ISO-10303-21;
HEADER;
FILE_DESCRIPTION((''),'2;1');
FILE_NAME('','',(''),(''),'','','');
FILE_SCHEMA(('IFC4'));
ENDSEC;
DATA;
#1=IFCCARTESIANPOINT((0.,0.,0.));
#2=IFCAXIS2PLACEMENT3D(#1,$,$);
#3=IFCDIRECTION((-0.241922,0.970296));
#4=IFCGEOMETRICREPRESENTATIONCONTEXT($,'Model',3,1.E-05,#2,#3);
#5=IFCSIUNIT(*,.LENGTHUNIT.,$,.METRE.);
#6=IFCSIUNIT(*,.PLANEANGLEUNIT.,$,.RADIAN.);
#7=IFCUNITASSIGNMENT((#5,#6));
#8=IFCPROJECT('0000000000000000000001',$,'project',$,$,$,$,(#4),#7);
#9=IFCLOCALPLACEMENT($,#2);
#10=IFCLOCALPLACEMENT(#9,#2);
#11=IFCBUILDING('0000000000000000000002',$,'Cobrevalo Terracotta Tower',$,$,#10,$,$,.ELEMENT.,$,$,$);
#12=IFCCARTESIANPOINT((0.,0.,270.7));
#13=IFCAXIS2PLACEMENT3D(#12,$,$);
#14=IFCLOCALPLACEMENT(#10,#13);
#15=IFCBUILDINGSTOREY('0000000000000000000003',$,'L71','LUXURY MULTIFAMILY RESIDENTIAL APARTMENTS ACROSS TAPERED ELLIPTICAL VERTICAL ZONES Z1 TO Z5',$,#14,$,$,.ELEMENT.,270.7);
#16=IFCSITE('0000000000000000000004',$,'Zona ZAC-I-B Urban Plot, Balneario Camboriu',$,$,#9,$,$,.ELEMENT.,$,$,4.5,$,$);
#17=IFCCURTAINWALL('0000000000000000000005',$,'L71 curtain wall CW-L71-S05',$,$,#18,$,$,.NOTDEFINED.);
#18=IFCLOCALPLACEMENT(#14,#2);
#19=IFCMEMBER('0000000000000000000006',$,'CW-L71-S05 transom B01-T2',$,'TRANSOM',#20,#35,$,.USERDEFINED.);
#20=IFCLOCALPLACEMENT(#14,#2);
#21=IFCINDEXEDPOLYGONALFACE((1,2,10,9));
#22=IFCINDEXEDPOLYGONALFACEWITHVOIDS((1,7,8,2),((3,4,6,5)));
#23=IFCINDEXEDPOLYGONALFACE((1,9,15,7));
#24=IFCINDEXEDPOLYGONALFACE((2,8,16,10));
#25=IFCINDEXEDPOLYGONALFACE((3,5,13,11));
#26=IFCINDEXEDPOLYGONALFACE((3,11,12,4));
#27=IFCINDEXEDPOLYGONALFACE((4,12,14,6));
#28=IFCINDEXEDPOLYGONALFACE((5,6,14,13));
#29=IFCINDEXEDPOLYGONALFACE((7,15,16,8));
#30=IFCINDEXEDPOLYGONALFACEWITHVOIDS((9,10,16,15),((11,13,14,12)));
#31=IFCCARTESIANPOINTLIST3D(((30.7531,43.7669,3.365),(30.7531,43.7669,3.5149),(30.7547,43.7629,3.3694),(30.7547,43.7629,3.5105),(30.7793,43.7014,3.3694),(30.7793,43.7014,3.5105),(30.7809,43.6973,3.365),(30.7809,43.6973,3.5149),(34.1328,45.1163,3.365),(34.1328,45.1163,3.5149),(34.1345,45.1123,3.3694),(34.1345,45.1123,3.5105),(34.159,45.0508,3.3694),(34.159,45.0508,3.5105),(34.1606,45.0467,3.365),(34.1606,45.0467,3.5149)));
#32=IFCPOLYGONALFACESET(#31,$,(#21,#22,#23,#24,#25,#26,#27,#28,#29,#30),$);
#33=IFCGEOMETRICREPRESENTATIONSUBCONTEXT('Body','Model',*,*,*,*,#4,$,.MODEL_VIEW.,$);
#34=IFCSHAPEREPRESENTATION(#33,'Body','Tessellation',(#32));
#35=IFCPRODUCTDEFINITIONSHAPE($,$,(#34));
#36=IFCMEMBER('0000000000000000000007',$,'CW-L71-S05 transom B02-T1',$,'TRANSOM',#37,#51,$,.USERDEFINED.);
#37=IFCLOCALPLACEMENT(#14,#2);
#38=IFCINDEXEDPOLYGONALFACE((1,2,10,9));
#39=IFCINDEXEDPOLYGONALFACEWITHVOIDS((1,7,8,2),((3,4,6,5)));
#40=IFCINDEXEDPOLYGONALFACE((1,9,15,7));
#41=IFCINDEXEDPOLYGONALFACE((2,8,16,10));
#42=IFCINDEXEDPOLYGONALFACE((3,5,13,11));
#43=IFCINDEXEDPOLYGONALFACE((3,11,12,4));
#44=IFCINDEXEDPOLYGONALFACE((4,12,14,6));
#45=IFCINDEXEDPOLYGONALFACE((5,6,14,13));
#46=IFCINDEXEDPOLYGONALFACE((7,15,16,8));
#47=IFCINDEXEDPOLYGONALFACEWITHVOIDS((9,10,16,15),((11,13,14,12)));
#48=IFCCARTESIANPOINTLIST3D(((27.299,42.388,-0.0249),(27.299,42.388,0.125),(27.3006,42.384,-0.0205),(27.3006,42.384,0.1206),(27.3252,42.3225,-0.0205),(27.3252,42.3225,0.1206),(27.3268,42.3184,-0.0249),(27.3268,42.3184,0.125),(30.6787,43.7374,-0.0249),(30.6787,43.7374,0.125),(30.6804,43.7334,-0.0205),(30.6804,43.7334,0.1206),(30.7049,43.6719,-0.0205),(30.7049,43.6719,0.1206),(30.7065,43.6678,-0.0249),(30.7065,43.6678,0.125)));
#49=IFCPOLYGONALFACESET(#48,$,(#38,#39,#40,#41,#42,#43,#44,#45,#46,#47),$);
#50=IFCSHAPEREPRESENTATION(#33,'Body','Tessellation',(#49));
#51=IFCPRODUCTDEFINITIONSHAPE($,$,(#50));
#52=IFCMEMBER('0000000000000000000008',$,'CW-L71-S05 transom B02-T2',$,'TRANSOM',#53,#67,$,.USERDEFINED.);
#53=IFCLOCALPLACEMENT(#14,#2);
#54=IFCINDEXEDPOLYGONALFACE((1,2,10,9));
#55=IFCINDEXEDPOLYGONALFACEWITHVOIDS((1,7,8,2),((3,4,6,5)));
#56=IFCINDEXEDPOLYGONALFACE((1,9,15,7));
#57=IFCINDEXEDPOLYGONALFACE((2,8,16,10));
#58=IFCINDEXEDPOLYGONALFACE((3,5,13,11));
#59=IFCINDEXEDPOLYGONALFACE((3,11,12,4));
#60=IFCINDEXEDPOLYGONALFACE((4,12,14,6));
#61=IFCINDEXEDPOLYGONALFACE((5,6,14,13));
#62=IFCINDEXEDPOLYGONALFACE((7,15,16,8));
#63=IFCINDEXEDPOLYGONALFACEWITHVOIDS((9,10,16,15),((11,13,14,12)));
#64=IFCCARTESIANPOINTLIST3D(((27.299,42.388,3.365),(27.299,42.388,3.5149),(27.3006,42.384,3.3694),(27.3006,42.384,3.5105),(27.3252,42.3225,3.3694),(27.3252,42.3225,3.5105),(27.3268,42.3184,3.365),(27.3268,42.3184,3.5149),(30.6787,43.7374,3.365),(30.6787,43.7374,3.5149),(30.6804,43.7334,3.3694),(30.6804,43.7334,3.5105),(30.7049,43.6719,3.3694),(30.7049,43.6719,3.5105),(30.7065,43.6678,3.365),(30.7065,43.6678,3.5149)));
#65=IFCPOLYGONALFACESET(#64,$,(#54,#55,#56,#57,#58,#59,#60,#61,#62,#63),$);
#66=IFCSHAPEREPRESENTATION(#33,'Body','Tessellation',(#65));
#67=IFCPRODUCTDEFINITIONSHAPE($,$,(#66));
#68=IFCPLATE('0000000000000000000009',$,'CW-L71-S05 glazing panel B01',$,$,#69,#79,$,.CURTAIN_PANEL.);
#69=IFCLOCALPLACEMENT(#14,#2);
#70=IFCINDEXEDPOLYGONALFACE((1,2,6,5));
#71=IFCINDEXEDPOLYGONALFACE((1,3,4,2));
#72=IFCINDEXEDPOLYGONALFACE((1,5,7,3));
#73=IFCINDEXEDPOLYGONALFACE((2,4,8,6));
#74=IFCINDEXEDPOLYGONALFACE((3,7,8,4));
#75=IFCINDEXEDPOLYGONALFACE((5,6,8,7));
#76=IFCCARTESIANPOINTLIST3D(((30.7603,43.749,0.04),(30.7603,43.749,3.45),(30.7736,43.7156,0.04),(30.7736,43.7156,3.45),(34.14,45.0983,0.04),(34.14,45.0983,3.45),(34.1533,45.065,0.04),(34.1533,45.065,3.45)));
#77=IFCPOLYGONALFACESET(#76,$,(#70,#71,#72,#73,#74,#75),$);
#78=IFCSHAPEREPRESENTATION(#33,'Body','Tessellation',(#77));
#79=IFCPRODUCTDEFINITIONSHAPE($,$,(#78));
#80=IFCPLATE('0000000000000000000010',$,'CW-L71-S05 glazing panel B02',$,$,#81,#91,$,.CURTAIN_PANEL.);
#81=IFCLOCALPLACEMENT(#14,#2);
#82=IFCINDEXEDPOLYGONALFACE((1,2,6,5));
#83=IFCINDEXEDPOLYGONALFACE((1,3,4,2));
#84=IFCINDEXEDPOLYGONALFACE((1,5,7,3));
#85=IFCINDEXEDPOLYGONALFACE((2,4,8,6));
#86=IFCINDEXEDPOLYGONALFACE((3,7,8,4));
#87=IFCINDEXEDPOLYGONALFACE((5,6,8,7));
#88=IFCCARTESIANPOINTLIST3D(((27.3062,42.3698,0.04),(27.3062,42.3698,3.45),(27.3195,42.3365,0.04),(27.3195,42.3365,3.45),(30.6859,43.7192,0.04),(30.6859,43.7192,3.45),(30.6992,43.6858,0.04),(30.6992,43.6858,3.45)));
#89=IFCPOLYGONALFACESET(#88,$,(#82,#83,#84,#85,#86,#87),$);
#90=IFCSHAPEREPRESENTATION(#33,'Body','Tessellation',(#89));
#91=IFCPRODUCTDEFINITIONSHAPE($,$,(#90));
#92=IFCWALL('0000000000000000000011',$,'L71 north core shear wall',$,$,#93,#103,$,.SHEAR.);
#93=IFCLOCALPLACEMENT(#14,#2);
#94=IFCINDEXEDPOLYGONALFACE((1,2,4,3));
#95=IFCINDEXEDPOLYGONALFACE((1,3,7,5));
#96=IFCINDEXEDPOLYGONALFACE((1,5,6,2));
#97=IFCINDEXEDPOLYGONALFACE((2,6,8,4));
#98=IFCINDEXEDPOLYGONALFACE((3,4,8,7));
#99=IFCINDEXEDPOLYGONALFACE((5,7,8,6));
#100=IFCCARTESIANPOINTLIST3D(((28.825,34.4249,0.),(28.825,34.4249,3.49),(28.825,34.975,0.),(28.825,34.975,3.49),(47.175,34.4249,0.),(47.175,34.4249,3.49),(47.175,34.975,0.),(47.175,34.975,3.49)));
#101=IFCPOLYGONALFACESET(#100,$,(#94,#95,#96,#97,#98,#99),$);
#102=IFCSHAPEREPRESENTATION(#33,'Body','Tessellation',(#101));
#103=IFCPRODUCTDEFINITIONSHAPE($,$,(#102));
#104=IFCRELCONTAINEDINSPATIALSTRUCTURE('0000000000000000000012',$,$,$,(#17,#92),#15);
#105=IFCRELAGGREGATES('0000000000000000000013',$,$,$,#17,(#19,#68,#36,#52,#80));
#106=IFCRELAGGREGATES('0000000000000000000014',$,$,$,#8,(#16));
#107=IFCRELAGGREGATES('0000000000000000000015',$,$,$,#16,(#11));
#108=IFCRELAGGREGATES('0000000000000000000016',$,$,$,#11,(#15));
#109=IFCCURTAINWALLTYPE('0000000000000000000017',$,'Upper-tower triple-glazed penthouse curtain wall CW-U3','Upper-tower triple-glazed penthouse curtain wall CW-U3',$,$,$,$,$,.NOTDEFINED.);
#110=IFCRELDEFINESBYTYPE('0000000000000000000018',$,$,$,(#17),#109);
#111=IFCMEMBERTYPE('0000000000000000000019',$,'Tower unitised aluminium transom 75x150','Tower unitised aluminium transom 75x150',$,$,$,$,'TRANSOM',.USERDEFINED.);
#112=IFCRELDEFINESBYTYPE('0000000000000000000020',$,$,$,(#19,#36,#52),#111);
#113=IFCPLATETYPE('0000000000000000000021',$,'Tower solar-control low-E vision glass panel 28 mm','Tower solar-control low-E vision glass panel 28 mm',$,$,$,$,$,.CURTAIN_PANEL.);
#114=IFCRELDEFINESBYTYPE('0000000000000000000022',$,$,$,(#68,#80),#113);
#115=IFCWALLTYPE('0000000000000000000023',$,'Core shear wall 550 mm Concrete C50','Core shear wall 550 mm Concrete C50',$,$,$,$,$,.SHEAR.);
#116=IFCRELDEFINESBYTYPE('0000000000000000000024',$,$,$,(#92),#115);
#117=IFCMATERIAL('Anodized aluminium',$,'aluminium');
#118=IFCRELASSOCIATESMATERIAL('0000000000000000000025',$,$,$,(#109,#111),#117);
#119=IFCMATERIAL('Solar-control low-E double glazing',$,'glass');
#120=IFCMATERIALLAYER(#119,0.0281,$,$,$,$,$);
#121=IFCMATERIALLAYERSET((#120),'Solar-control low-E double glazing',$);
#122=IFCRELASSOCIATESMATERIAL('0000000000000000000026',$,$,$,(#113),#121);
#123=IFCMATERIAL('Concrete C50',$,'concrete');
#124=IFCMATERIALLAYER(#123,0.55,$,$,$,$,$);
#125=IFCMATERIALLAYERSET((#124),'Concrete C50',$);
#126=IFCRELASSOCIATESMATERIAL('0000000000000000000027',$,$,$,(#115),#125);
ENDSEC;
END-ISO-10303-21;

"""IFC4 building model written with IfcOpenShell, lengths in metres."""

from ifc_helpers import new_model, si_unit, direction, frame, frame_2d, origin, origin_2d, place, context, subcontext, project, spatial, rectangle, hollow_rectangle, extrude, source, transform, mapped, material, layer, layer_set, material_profile, profile_set, type_object, element, aggregate, save


model = new_model("IFC4")

# Units and contexts
model_context = context("Model", 3, precision=1e-05, world=origin(), true_north=direction((-0.241922, 0.970296)))
body_context = subcontext(model_context, "Body", "Model", "MODEL_VIEW")
ifc_project = project(units=[si_unit("LENGTHUNIT", "METRE"), si_unit("PLANEANGLEUNIT", "RADIAN")], contexts=[model_context])

# Site, building, storey
site_placement = place(None, origin())
site = spatial("IfcSite", under=ifc_project, at=site_placement, Name="Zona ZAC-I-B Urban Plot, Balneario Camboriu", CompositionType="ELEMENT", RefElevation=4.5)
building_placement = place(site_placement, origin())
building = spatial("IfcBuilding", under=site, at=building_placement, Name="Cobrevalo Terracotta Tower", CompositionType="ELEMENT")
storey_placement = place(building_placement, frame((0.0, 0.0, 270.7)))
storey = spatial("IfcBuildingStorey", under=building, at=storey_placement, Name="L71", Description="LUXURY MULTIFAMILY RESIDENTIAL APARTMENTS ACROSS TAPERED ELLIPTICAL VERTICAL ZONES Z1 TO Z5", CompositionType="ELEMENT", Elevation=270.7)

# Shared definitions
ifc_material_1 = material(Name="Concrete C50", Category="concrete")

# Curtain wall
ifc_material_2 = material(Name="Anodized aluminium", Category="aluminium")
curtain_wall_type = type_object("IfcCurtainWallType", Name="Upper-tower triple-glazed penthouse curtain wall CW-U3", Description="Upper-tower triple-glazed penthouse curtain wall CW-U3", PredefinedType="NOTDEFINED", material=ifc_material_2)
curtain_wall_1_placement = place(storey_placement, origin())
curtain_wall_1 = element("IfcCurtainWall", 1, at=curtain_wall_1_placement, inside=storey, type_object=curtain_wall_type, Name="L71 curtain wall CW-L71-S05", PredefinedType="NOTDEFINED")

# Members
ifc_material_profile_1 = material_profile(ifc_material_2, hollow_rectangle(XDim=0.075, YDim=0.1499, WallThickness=0.0044, at=origin_2d()), Name="CWT 75x150")
ifc_profile_set_1 = profile_set([ifc_material_profile_1], Name="Anodized aluminium")
member_type_1 = type_object("IfcMemberType", Name="Tower unitised aluminium transom 75x150", Description="Tower unitised aluminium transom 75x150", ElementType="TRANSOM", PredefinedType="USERDEFINED", material=ifc_profile_set_1)
shared_shape_1 = source(origin(), body_context, "Body", "SweptSolid", [
    extrude(hollow_rectangle(XDim=0.075, YDim=0.1499, WallThickness=0.0044, at=origin_2d()), origin(), (0.0, 0.0, 1.0), 3.6392),
])
member_1_placement = place(storey_placement, frame((34.1467, 45.0815, 3.4399), z_axis=(-0.928712, -0.370801, 0.0), x_axis=(0.370801, -0.928712, 0.0)))
member_1 = element("IfcMember", 2, at=member_1_placement, type_object=member_type_1, Name="CW-L71-S05 transom B01-T2", ObjectType="TRANSOM", PredefinedType="USERDEFINED", context=body_context, shape_type="MappedRepresentation", body=[
    mapped(shared_shape_1, transform((0.0, 0.0, 0.0), scale=1.0)),
])
member_2_placement = place(storey_placement, frame((30.6926, 43.7026, 0.05), z_axis=(-0.928712, -0.370801, 0.0), x_axis=(0.370801, -0.928712, 0.0)))
member_2 = element("IfcMember", 3, at=member_2_placement, type_object=member_type_1, Name="CW-L71-S05 transom B02-T1", ObjectType="TRANSOM", PredefinedType="USERDEFINED", context=body_context, shape_type="MappedRepresentation", body=[
    mapped(shared_shape_1, transform((0.0, 0.0, 0.0), scale=1.0)),
])
member_3_placement = place(storey_placement, frame((30.6926, 43.7026, 3.4399), z_axis=(-0.928712, -0.370801, 0.0), x_axis=(0.370801, -0.928712, 0.0)))
member_3 = element("IfcMember", 4, at=member_3_placement, type_object=member_type_1, Name="CW-L71-S05 transom B02-T2", ObjectType="TRANSOM", PredefinedType="USERDEFINED", context=body_context, shape_type="MappedRepresentation", body=[
    mapped(shared_shape_1, transform((0.0, 0.0, 0.0), scale=1.0)),
])

# Plates
ifc_material_3 = material(Name="Solar-control low-E double glazing", Category="glass")
ifc_layer_1 = layer(ifc_material_3, 0.0281)
ifc_layer_set_1 = layer_set([ifc_layer_1], Name="Solar-control low-E double glazing")
plate_type = type_object("IfcPlateType", Name="Tower solar-control low-E vision glass panel 28 mm", Description="Tower solar-control low-E vision glass panel 28 mm", PredefinedType="CURTAIN_PANEL", material=ifc_layer_set_1)
shared_shape_2 = source(origin(), body_context, "Body", "SweptSolid", [
    extrude(rectangle(XDim=3.6392, YDim=0.0359, at=origin_2d()), origin(), (0.0, 0.0, 1.0), 3.4099),
])
plate_1_placement = place(storey_placement, frame((32.4568, 44.407, 0.04), z_axis=(0.0, 0.0, 1.0), x_axis=(-0.928718, -0.370786, 0.0)))
plate_1 = element("IfcPlate", 5, at=plate_1_placement, type_object=plate_type, Name="CW-L71-S05 glazing panel B01", PredefinedType="CURTAIN_PANEL", context=body_context, shape_type="MappedRepresentation", body=[
    mapped(shared_shape_2, transform((0.0, 0.0, 0.0), scale=1.0)),
])
plate_2_placement = place(storey_placement, frame((29.0027, 43.0278, 0.04), z_axis=(0.0, 0.0, 1.0), x_axis=(-0.928718, -0.370786, 0.0)))
plate_2 = element("IfcPlate", 6, at=plate_2_placement, type_object=plate_type, Name="CW-L71-S05 glazing panel B02", PredefinedType="CURTAIN_PANEL", context=body_context, shape_type="MappedRepresentation", body=[
    mapped(shared_shape_2, transform((0.0, 0.0, 0.0), scale=1.0)),
])
aggregate(curtain_wall_1, [member_1, plate_1, member_2, member_3, plate_2])

# Wall
ifc_layer_2 = layer(ifc_material_1, 0.55)
ifc_layer_set_2 = layer_set([ifc_layer_2], Name="Concrete C50")
wall_type_1 = type_object("IfcWallType", Name="Core shear wall 550 mm Concrete C50", Description="Core shear wall 550 mm Concrete C50", PredefinedType="SHEAR", material=ifc_layer_set_2)
wall_1_placement = place(storey_placement, frame((28.825, 34.7, 0.0), z_axis=(0.0, 0.0, 1.0), x_axis=(1.0, 0.0, 0.0)))
element("IfcWall", 7, at=wall_1_placement, inside=storey, type_object=wall_type_1, Name="L71 north core shear wall", PredefinedType="SHEAR", context=body_context, shape_type="SweptSolid", body=[
    extrude(rectangle(XDim=18.3501, YDim=0.55, at=frame_2d((9.175, 0.0))), origin(), (0.0, 0.0, 1.0), 3.49),
])

save(model, "model.ifc")
